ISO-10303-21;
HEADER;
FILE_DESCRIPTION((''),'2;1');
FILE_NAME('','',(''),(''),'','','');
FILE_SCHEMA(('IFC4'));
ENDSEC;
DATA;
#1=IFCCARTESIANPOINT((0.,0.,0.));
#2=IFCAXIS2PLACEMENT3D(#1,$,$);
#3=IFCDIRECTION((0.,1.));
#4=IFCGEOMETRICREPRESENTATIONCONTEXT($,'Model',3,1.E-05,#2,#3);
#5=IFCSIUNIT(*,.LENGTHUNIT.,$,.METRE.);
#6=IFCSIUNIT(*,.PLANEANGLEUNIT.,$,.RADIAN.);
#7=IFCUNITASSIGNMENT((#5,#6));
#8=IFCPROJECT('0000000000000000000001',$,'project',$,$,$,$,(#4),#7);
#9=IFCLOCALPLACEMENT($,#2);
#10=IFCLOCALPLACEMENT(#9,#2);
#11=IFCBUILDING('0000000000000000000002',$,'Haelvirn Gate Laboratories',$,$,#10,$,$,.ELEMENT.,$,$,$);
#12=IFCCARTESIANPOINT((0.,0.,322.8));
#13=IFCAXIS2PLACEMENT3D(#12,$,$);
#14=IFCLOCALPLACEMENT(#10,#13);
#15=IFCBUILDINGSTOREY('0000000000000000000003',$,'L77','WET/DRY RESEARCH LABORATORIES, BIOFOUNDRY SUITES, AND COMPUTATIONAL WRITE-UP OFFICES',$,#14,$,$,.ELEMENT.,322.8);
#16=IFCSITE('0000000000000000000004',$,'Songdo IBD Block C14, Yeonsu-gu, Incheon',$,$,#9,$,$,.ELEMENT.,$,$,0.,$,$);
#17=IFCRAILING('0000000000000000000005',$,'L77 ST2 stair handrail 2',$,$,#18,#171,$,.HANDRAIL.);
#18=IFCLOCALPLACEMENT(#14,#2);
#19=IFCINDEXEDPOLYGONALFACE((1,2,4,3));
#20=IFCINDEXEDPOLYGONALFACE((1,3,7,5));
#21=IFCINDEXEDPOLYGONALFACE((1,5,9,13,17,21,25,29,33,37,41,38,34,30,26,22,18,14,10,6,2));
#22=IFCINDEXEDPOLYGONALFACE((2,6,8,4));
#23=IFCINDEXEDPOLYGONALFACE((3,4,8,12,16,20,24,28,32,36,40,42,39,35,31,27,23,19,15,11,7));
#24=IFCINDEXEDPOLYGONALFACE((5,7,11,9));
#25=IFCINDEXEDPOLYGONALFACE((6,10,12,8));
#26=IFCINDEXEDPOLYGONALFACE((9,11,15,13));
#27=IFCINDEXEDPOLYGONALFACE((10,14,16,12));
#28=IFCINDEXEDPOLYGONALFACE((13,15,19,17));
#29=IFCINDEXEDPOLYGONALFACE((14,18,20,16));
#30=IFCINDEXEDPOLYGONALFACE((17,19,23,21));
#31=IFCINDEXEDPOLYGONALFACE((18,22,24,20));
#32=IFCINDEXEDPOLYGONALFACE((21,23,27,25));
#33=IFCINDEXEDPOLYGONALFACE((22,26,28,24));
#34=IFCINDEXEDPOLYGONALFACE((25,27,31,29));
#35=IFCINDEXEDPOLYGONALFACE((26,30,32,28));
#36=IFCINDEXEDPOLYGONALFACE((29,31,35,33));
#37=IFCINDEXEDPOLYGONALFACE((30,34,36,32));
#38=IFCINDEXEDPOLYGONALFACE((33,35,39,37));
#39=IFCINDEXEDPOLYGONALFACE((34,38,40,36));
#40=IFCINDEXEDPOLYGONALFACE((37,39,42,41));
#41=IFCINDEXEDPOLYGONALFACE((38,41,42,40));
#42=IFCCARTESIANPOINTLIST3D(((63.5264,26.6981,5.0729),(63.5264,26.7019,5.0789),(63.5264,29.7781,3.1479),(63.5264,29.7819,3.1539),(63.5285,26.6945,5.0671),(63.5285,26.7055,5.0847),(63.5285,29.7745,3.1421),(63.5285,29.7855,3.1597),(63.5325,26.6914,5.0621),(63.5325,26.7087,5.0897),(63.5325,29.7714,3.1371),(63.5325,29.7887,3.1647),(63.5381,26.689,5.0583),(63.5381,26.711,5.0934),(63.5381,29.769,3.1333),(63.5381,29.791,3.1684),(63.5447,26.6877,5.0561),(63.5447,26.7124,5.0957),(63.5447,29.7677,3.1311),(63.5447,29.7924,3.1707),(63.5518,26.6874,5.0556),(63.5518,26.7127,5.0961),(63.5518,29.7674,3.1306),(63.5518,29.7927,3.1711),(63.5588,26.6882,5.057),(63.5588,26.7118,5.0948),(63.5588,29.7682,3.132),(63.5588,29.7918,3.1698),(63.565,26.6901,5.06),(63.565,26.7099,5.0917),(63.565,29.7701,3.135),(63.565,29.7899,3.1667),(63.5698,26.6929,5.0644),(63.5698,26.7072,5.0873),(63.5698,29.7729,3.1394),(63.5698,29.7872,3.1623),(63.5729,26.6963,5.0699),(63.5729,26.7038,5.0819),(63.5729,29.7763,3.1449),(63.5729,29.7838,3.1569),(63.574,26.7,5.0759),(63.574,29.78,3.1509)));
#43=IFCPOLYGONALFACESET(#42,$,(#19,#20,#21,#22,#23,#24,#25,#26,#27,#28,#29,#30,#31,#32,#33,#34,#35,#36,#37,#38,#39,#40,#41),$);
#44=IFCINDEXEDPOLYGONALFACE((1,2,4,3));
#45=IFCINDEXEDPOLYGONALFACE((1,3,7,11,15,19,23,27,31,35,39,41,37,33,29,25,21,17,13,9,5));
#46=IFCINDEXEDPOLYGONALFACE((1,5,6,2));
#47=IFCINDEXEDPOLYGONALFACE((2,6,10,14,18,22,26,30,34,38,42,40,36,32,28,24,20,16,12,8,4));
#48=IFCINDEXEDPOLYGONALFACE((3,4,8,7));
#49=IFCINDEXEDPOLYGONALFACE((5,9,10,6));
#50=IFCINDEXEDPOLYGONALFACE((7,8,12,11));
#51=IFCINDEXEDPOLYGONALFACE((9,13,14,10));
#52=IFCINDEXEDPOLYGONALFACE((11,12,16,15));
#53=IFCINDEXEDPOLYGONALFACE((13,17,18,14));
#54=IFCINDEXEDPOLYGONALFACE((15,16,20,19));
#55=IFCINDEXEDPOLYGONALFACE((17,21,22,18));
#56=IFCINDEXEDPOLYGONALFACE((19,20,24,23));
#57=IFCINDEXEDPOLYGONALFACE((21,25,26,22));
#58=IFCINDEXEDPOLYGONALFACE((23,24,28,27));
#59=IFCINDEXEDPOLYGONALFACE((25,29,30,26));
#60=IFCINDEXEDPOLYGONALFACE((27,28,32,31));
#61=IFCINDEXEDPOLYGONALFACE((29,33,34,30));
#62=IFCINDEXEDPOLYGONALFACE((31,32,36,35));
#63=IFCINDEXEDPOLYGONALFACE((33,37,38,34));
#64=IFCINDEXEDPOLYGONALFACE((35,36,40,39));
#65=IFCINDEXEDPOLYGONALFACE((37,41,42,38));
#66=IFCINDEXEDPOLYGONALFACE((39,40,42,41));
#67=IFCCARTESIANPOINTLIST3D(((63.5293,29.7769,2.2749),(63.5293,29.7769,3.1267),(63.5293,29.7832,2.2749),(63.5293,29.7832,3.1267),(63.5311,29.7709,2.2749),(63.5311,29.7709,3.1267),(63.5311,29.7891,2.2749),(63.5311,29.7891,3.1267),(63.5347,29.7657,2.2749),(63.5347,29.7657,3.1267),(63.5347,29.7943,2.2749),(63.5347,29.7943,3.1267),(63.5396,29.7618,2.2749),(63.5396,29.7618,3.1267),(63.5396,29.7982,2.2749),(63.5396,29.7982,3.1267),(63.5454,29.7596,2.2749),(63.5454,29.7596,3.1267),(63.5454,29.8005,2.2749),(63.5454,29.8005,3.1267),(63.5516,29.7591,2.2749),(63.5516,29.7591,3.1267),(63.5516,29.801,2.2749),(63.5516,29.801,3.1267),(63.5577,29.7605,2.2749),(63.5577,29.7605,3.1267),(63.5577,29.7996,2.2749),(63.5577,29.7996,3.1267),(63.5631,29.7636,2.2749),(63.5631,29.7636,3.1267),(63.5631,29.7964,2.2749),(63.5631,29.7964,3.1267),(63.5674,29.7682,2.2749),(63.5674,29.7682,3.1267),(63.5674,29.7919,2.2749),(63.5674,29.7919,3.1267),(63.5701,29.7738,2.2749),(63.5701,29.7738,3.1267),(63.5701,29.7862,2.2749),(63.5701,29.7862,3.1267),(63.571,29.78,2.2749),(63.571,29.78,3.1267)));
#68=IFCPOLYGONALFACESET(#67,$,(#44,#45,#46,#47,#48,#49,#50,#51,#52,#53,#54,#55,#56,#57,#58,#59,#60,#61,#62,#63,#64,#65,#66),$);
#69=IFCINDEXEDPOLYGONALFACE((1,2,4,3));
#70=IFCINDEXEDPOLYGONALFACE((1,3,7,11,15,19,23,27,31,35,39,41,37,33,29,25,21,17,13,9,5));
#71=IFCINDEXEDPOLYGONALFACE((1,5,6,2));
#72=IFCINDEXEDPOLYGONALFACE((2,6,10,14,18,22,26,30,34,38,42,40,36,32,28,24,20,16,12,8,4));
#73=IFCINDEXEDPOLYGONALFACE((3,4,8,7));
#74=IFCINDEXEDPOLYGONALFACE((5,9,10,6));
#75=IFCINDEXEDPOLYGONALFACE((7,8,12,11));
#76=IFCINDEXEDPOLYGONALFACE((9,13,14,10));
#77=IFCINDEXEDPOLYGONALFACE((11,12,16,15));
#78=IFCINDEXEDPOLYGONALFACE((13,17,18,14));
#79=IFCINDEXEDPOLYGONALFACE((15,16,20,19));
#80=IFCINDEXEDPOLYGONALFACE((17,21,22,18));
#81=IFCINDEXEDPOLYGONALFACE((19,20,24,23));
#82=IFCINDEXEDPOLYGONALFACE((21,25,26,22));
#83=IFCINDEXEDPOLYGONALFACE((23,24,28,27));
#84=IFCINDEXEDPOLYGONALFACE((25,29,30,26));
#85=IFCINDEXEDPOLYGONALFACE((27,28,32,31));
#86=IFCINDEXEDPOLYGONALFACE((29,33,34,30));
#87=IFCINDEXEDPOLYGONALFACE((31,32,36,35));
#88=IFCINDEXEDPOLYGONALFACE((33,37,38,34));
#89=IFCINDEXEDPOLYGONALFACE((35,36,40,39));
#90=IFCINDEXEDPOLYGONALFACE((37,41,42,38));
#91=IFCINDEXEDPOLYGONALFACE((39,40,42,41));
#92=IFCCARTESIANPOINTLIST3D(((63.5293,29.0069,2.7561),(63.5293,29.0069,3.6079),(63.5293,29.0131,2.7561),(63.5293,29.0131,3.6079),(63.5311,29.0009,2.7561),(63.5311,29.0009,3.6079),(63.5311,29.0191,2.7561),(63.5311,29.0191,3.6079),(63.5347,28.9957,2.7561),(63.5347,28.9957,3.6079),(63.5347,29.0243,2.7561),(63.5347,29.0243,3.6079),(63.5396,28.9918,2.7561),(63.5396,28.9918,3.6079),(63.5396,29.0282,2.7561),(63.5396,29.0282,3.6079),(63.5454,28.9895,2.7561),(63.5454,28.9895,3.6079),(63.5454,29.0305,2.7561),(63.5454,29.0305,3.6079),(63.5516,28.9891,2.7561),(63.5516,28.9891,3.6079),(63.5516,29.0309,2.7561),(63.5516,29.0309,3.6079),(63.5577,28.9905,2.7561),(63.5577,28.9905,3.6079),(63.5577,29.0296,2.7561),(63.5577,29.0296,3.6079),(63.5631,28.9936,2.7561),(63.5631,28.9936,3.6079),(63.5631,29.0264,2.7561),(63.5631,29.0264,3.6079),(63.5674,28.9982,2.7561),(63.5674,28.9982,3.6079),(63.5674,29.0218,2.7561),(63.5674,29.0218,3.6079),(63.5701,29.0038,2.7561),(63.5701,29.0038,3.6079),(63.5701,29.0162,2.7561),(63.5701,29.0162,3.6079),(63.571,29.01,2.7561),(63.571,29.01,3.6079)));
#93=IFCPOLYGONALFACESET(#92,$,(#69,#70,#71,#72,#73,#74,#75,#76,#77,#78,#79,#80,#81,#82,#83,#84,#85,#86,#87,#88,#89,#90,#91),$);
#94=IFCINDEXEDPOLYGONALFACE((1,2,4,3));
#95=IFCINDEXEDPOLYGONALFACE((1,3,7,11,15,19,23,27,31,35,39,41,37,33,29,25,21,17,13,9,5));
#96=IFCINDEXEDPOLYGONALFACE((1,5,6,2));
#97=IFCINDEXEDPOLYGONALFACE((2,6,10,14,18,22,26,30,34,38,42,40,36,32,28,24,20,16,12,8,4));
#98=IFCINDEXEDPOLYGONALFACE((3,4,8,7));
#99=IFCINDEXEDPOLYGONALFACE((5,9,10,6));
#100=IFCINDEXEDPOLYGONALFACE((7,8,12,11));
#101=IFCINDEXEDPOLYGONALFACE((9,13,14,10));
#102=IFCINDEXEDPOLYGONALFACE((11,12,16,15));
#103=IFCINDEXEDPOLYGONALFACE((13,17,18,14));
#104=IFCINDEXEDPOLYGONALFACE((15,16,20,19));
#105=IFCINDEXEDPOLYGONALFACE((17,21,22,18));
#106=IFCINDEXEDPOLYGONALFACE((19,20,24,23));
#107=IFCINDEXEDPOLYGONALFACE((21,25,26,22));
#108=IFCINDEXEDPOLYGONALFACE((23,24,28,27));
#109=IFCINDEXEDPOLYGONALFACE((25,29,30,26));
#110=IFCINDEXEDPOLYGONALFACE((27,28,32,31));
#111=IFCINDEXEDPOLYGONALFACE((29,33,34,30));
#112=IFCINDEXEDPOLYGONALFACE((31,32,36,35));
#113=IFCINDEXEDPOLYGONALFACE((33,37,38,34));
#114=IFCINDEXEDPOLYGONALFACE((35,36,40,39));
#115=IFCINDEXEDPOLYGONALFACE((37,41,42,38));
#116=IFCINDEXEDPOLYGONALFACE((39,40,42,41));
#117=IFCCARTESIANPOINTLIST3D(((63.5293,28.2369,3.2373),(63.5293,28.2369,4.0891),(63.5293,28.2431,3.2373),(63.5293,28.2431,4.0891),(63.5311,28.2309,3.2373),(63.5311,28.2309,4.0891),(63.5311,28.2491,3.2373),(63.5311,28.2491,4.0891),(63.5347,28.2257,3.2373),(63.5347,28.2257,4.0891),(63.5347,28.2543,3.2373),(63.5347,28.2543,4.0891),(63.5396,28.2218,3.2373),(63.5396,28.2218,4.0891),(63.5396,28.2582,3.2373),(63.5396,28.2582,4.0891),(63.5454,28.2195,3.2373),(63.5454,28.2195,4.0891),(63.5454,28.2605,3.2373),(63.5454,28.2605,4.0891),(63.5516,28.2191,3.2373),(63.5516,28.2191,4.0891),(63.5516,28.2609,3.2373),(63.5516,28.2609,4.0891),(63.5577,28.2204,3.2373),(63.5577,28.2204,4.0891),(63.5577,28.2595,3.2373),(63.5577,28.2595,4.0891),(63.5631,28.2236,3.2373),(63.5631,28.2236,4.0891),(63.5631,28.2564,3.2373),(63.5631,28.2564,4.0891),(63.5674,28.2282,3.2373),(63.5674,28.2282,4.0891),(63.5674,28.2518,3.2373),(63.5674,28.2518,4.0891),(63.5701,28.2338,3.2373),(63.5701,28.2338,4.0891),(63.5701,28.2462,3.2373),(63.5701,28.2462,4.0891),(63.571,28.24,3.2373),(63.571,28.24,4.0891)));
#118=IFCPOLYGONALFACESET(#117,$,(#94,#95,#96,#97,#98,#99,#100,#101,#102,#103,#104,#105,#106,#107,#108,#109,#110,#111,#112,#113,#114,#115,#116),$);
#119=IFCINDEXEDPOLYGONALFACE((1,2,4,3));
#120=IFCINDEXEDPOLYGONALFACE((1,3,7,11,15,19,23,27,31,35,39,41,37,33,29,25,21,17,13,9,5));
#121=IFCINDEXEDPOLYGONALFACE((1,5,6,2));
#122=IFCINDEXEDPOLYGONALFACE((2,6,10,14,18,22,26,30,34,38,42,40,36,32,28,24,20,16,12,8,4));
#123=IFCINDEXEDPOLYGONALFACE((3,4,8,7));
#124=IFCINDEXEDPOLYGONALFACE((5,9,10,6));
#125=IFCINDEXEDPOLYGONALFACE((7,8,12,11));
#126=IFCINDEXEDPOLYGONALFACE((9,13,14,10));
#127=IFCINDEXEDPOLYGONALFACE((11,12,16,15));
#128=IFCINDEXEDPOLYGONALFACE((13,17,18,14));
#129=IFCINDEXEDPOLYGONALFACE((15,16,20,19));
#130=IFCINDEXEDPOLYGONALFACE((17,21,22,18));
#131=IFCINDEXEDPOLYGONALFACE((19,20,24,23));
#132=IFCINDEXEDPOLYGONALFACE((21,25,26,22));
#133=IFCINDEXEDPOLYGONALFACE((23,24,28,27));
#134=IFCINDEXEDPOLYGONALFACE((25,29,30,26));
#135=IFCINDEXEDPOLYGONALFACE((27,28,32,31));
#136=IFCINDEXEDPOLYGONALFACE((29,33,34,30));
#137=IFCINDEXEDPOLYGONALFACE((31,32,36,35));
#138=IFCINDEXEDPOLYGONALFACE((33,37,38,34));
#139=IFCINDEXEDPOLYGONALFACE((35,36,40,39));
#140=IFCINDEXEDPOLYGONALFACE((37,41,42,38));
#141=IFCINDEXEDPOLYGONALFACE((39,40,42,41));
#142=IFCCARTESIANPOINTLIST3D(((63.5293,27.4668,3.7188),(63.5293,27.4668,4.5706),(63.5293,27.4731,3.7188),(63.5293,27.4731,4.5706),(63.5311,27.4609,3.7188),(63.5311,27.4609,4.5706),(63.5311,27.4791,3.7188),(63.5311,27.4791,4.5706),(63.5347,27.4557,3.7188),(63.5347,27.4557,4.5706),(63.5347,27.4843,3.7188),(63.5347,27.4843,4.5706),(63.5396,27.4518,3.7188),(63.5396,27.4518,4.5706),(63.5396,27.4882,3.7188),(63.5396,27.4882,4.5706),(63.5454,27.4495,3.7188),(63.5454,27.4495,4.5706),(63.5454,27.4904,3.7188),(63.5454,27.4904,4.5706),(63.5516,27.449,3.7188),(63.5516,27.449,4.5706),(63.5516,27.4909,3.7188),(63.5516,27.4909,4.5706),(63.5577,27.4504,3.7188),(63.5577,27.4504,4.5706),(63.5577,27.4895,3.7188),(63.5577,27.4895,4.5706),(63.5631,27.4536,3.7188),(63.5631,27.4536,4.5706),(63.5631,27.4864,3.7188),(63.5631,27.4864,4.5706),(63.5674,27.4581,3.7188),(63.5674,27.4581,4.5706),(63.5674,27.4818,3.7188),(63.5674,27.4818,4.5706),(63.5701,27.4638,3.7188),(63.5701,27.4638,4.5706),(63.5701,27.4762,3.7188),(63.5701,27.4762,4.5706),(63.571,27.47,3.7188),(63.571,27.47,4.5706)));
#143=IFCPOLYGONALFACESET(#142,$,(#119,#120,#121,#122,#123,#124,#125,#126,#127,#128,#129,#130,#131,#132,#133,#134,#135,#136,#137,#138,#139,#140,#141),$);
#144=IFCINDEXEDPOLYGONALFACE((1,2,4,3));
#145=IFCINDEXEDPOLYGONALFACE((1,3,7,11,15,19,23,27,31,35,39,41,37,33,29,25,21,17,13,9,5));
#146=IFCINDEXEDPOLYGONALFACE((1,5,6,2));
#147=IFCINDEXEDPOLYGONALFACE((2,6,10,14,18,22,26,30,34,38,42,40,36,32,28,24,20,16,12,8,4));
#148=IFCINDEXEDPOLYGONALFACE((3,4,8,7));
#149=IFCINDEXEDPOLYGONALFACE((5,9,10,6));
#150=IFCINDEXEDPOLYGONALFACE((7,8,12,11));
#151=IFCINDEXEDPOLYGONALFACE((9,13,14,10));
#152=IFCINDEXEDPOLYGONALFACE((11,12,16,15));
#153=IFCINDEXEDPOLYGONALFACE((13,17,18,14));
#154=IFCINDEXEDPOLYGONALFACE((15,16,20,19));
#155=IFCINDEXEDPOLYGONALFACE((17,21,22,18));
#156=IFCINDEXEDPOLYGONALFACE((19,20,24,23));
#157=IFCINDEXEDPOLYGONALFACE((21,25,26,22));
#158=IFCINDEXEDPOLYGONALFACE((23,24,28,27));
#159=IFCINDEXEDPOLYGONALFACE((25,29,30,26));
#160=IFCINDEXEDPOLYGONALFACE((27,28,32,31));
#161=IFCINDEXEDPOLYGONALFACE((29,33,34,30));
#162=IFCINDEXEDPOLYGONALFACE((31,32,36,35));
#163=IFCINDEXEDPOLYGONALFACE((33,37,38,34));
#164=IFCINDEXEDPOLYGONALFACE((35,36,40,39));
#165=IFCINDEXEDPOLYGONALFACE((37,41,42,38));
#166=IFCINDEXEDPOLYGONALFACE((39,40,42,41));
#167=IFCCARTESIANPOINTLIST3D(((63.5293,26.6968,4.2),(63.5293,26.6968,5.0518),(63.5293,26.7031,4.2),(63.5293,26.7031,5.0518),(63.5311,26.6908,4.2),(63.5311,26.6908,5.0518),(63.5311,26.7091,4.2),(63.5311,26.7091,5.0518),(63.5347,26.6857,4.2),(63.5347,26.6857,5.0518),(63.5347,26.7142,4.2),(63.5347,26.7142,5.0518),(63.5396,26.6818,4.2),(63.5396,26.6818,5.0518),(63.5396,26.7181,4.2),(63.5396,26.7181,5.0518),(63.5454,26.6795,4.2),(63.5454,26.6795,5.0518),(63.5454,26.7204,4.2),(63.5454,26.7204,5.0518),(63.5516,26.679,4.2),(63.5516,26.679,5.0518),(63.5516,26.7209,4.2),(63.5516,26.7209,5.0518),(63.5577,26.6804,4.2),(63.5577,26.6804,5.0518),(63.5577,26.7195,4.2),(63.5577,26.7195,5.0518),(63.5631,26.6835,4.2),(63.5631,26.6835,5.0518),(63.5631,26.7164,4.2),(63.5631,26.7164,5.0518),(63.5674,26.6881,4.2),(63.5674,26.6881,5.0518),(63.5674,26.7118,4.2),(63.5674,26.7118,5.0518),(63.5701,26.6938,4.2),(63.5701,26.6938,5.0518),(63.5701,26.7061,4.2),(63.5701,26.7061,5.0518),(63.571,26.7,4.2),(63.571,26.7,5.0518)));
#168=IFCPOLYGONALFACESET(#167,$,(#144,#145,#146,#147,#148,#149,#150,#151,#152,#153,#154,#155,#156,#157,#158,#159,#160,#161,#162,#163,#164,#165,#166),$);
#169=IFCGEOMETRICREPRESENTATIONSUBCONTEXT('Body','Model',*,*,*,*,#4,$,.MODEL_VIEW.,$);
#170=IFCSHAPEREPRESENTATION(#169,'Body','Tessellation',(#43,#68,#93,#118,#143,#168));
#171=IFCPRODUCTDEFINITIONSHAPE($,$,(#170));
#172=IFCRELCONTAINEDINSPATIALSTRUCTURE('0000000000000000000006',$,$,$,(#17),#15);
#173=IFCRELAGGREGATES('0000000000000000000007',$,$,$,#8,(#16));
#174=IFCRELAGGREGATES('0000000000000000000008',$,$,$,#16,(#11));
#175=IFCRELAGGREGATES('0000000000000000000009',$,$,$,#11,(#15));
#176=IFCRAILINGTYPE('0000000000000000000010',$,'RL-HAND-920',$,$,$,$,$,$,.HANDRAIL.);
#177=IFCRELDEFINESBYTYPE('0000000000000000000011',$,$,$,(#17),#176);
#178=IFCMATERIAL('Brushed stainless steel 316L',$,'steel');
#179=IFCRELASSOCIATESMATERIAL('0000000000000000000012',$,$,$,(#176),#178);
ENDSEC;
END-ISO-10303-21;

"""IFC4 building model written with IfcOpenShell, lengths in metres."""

from ifc_helpers import new_model, si_unit, direction, frame, origin, origin_2d, place, context, subcontext, project, spatial, circle, extrude, source, transform, mapped, material, type_object, element, save


model = new_model("IFC4")

# Units and contexts
model_context = context("Model", 3, precision=1e-05, world=origin(), true_north=direction((0.0, 1.0)))
body_context = subcontext(model_context, "Body", "Model", "MODEL_VIEW")
ifc_project = project(units=[si_unit("LENGTHUNIT", "METRE"), si_unit("PLANEANGLEUNIT", "RADIAN")], contexts=[model_context])

# Site, building, storey
site_placement = place(None, origin())
site = spatial("IfcSite", under=ifc_project, at=site_placement, Name="Songdo IBD Block C14, Yeonsu-gu, Incheon", CompositionType="ELEMENT", RefElevation=0.0)
building_placement = place(site_placement, origin())
building = spatial("IfcBuilding", under=site, at=building_placement, Name="Haelvirn Gate Laboratories", CompositionType="ELEMENT")
storey_placement = place(building_placement, frame((0.0, 0.0, 322.8)))
storey = spatial("IfcBuildingStorey", under=building, at=storey_placement, Name="L77", Description="WET/DRY RESEARCH LABORATORIES, BIOFOUNDRY SUITES, AND COMPUTATIONAL WRITE-UP OFFICES", CompositionType="ELEMENT", Elevation=322.8)

# Railing
ifc_material_1 = material(Name="Brushed stainless steel 316L", Category="steel")
railing_type_1 = type_object("IfcRailingType", Name="RL-HAND-920", PredefinedType="HANDRAIL", material=ifc_material_1)
shared_shape_1 = source(origin(), body_context, "Body", "SweptSolid", [
    extrude(circle(Radius=0.0239, at=origin_2d()), frame((0.0, 0.0, 0.876), z_axis=(0.0, -0.847998, 0.529999), x_axis=(1.0, 0.0, 0.0)), (0.0, 0.0, 1.0), 3.6321),
    extrude(circle(Radius=0.021, at=origin_2d()), origin(), (0.0, 0.0, 1.0), 0.8518),
    extrude(circle(Radius=0.021, at=origin_2d()), frame((0.0, -0.77, 0.4812)), (0.0, 0.0, 1.0), 0.8518),
    extrude(circle(Radius=0.021, at=origin_2d()), frame((0.0, -1.54, 0.9624)), (0.0, 0.0, 1.0), 0.8518),
    extrude(circle(Radius=0.021, at=origin_2d()), frame((0.0, -2.3101, 1.4438)), (0.0, 0.0, 1.0), 0.8518),
    extrude(circle(Radius=0.021, at=origin_2d()), frame((0.0, -3.0801, 1.925)), (0.0, 0.0, 1.0), 0.8518),
])
railing_1_placement = place(storey_placement, frame((63.55, 29.78, 2.2749)))
element("IfcRailing", 1, at=railing_1_placement, inside=storey, type_object=railing_type_1, Name="L77 ST2 stair handrail 2", PredefinedType="HANDRAIL", context=body_context, shape_type="MappedRepresentation", body=[
    mapped(shared_shape_1, transform((0.0, 0.0, 0.0), scale=1.0)),
])

save(model, "model.ifc")
